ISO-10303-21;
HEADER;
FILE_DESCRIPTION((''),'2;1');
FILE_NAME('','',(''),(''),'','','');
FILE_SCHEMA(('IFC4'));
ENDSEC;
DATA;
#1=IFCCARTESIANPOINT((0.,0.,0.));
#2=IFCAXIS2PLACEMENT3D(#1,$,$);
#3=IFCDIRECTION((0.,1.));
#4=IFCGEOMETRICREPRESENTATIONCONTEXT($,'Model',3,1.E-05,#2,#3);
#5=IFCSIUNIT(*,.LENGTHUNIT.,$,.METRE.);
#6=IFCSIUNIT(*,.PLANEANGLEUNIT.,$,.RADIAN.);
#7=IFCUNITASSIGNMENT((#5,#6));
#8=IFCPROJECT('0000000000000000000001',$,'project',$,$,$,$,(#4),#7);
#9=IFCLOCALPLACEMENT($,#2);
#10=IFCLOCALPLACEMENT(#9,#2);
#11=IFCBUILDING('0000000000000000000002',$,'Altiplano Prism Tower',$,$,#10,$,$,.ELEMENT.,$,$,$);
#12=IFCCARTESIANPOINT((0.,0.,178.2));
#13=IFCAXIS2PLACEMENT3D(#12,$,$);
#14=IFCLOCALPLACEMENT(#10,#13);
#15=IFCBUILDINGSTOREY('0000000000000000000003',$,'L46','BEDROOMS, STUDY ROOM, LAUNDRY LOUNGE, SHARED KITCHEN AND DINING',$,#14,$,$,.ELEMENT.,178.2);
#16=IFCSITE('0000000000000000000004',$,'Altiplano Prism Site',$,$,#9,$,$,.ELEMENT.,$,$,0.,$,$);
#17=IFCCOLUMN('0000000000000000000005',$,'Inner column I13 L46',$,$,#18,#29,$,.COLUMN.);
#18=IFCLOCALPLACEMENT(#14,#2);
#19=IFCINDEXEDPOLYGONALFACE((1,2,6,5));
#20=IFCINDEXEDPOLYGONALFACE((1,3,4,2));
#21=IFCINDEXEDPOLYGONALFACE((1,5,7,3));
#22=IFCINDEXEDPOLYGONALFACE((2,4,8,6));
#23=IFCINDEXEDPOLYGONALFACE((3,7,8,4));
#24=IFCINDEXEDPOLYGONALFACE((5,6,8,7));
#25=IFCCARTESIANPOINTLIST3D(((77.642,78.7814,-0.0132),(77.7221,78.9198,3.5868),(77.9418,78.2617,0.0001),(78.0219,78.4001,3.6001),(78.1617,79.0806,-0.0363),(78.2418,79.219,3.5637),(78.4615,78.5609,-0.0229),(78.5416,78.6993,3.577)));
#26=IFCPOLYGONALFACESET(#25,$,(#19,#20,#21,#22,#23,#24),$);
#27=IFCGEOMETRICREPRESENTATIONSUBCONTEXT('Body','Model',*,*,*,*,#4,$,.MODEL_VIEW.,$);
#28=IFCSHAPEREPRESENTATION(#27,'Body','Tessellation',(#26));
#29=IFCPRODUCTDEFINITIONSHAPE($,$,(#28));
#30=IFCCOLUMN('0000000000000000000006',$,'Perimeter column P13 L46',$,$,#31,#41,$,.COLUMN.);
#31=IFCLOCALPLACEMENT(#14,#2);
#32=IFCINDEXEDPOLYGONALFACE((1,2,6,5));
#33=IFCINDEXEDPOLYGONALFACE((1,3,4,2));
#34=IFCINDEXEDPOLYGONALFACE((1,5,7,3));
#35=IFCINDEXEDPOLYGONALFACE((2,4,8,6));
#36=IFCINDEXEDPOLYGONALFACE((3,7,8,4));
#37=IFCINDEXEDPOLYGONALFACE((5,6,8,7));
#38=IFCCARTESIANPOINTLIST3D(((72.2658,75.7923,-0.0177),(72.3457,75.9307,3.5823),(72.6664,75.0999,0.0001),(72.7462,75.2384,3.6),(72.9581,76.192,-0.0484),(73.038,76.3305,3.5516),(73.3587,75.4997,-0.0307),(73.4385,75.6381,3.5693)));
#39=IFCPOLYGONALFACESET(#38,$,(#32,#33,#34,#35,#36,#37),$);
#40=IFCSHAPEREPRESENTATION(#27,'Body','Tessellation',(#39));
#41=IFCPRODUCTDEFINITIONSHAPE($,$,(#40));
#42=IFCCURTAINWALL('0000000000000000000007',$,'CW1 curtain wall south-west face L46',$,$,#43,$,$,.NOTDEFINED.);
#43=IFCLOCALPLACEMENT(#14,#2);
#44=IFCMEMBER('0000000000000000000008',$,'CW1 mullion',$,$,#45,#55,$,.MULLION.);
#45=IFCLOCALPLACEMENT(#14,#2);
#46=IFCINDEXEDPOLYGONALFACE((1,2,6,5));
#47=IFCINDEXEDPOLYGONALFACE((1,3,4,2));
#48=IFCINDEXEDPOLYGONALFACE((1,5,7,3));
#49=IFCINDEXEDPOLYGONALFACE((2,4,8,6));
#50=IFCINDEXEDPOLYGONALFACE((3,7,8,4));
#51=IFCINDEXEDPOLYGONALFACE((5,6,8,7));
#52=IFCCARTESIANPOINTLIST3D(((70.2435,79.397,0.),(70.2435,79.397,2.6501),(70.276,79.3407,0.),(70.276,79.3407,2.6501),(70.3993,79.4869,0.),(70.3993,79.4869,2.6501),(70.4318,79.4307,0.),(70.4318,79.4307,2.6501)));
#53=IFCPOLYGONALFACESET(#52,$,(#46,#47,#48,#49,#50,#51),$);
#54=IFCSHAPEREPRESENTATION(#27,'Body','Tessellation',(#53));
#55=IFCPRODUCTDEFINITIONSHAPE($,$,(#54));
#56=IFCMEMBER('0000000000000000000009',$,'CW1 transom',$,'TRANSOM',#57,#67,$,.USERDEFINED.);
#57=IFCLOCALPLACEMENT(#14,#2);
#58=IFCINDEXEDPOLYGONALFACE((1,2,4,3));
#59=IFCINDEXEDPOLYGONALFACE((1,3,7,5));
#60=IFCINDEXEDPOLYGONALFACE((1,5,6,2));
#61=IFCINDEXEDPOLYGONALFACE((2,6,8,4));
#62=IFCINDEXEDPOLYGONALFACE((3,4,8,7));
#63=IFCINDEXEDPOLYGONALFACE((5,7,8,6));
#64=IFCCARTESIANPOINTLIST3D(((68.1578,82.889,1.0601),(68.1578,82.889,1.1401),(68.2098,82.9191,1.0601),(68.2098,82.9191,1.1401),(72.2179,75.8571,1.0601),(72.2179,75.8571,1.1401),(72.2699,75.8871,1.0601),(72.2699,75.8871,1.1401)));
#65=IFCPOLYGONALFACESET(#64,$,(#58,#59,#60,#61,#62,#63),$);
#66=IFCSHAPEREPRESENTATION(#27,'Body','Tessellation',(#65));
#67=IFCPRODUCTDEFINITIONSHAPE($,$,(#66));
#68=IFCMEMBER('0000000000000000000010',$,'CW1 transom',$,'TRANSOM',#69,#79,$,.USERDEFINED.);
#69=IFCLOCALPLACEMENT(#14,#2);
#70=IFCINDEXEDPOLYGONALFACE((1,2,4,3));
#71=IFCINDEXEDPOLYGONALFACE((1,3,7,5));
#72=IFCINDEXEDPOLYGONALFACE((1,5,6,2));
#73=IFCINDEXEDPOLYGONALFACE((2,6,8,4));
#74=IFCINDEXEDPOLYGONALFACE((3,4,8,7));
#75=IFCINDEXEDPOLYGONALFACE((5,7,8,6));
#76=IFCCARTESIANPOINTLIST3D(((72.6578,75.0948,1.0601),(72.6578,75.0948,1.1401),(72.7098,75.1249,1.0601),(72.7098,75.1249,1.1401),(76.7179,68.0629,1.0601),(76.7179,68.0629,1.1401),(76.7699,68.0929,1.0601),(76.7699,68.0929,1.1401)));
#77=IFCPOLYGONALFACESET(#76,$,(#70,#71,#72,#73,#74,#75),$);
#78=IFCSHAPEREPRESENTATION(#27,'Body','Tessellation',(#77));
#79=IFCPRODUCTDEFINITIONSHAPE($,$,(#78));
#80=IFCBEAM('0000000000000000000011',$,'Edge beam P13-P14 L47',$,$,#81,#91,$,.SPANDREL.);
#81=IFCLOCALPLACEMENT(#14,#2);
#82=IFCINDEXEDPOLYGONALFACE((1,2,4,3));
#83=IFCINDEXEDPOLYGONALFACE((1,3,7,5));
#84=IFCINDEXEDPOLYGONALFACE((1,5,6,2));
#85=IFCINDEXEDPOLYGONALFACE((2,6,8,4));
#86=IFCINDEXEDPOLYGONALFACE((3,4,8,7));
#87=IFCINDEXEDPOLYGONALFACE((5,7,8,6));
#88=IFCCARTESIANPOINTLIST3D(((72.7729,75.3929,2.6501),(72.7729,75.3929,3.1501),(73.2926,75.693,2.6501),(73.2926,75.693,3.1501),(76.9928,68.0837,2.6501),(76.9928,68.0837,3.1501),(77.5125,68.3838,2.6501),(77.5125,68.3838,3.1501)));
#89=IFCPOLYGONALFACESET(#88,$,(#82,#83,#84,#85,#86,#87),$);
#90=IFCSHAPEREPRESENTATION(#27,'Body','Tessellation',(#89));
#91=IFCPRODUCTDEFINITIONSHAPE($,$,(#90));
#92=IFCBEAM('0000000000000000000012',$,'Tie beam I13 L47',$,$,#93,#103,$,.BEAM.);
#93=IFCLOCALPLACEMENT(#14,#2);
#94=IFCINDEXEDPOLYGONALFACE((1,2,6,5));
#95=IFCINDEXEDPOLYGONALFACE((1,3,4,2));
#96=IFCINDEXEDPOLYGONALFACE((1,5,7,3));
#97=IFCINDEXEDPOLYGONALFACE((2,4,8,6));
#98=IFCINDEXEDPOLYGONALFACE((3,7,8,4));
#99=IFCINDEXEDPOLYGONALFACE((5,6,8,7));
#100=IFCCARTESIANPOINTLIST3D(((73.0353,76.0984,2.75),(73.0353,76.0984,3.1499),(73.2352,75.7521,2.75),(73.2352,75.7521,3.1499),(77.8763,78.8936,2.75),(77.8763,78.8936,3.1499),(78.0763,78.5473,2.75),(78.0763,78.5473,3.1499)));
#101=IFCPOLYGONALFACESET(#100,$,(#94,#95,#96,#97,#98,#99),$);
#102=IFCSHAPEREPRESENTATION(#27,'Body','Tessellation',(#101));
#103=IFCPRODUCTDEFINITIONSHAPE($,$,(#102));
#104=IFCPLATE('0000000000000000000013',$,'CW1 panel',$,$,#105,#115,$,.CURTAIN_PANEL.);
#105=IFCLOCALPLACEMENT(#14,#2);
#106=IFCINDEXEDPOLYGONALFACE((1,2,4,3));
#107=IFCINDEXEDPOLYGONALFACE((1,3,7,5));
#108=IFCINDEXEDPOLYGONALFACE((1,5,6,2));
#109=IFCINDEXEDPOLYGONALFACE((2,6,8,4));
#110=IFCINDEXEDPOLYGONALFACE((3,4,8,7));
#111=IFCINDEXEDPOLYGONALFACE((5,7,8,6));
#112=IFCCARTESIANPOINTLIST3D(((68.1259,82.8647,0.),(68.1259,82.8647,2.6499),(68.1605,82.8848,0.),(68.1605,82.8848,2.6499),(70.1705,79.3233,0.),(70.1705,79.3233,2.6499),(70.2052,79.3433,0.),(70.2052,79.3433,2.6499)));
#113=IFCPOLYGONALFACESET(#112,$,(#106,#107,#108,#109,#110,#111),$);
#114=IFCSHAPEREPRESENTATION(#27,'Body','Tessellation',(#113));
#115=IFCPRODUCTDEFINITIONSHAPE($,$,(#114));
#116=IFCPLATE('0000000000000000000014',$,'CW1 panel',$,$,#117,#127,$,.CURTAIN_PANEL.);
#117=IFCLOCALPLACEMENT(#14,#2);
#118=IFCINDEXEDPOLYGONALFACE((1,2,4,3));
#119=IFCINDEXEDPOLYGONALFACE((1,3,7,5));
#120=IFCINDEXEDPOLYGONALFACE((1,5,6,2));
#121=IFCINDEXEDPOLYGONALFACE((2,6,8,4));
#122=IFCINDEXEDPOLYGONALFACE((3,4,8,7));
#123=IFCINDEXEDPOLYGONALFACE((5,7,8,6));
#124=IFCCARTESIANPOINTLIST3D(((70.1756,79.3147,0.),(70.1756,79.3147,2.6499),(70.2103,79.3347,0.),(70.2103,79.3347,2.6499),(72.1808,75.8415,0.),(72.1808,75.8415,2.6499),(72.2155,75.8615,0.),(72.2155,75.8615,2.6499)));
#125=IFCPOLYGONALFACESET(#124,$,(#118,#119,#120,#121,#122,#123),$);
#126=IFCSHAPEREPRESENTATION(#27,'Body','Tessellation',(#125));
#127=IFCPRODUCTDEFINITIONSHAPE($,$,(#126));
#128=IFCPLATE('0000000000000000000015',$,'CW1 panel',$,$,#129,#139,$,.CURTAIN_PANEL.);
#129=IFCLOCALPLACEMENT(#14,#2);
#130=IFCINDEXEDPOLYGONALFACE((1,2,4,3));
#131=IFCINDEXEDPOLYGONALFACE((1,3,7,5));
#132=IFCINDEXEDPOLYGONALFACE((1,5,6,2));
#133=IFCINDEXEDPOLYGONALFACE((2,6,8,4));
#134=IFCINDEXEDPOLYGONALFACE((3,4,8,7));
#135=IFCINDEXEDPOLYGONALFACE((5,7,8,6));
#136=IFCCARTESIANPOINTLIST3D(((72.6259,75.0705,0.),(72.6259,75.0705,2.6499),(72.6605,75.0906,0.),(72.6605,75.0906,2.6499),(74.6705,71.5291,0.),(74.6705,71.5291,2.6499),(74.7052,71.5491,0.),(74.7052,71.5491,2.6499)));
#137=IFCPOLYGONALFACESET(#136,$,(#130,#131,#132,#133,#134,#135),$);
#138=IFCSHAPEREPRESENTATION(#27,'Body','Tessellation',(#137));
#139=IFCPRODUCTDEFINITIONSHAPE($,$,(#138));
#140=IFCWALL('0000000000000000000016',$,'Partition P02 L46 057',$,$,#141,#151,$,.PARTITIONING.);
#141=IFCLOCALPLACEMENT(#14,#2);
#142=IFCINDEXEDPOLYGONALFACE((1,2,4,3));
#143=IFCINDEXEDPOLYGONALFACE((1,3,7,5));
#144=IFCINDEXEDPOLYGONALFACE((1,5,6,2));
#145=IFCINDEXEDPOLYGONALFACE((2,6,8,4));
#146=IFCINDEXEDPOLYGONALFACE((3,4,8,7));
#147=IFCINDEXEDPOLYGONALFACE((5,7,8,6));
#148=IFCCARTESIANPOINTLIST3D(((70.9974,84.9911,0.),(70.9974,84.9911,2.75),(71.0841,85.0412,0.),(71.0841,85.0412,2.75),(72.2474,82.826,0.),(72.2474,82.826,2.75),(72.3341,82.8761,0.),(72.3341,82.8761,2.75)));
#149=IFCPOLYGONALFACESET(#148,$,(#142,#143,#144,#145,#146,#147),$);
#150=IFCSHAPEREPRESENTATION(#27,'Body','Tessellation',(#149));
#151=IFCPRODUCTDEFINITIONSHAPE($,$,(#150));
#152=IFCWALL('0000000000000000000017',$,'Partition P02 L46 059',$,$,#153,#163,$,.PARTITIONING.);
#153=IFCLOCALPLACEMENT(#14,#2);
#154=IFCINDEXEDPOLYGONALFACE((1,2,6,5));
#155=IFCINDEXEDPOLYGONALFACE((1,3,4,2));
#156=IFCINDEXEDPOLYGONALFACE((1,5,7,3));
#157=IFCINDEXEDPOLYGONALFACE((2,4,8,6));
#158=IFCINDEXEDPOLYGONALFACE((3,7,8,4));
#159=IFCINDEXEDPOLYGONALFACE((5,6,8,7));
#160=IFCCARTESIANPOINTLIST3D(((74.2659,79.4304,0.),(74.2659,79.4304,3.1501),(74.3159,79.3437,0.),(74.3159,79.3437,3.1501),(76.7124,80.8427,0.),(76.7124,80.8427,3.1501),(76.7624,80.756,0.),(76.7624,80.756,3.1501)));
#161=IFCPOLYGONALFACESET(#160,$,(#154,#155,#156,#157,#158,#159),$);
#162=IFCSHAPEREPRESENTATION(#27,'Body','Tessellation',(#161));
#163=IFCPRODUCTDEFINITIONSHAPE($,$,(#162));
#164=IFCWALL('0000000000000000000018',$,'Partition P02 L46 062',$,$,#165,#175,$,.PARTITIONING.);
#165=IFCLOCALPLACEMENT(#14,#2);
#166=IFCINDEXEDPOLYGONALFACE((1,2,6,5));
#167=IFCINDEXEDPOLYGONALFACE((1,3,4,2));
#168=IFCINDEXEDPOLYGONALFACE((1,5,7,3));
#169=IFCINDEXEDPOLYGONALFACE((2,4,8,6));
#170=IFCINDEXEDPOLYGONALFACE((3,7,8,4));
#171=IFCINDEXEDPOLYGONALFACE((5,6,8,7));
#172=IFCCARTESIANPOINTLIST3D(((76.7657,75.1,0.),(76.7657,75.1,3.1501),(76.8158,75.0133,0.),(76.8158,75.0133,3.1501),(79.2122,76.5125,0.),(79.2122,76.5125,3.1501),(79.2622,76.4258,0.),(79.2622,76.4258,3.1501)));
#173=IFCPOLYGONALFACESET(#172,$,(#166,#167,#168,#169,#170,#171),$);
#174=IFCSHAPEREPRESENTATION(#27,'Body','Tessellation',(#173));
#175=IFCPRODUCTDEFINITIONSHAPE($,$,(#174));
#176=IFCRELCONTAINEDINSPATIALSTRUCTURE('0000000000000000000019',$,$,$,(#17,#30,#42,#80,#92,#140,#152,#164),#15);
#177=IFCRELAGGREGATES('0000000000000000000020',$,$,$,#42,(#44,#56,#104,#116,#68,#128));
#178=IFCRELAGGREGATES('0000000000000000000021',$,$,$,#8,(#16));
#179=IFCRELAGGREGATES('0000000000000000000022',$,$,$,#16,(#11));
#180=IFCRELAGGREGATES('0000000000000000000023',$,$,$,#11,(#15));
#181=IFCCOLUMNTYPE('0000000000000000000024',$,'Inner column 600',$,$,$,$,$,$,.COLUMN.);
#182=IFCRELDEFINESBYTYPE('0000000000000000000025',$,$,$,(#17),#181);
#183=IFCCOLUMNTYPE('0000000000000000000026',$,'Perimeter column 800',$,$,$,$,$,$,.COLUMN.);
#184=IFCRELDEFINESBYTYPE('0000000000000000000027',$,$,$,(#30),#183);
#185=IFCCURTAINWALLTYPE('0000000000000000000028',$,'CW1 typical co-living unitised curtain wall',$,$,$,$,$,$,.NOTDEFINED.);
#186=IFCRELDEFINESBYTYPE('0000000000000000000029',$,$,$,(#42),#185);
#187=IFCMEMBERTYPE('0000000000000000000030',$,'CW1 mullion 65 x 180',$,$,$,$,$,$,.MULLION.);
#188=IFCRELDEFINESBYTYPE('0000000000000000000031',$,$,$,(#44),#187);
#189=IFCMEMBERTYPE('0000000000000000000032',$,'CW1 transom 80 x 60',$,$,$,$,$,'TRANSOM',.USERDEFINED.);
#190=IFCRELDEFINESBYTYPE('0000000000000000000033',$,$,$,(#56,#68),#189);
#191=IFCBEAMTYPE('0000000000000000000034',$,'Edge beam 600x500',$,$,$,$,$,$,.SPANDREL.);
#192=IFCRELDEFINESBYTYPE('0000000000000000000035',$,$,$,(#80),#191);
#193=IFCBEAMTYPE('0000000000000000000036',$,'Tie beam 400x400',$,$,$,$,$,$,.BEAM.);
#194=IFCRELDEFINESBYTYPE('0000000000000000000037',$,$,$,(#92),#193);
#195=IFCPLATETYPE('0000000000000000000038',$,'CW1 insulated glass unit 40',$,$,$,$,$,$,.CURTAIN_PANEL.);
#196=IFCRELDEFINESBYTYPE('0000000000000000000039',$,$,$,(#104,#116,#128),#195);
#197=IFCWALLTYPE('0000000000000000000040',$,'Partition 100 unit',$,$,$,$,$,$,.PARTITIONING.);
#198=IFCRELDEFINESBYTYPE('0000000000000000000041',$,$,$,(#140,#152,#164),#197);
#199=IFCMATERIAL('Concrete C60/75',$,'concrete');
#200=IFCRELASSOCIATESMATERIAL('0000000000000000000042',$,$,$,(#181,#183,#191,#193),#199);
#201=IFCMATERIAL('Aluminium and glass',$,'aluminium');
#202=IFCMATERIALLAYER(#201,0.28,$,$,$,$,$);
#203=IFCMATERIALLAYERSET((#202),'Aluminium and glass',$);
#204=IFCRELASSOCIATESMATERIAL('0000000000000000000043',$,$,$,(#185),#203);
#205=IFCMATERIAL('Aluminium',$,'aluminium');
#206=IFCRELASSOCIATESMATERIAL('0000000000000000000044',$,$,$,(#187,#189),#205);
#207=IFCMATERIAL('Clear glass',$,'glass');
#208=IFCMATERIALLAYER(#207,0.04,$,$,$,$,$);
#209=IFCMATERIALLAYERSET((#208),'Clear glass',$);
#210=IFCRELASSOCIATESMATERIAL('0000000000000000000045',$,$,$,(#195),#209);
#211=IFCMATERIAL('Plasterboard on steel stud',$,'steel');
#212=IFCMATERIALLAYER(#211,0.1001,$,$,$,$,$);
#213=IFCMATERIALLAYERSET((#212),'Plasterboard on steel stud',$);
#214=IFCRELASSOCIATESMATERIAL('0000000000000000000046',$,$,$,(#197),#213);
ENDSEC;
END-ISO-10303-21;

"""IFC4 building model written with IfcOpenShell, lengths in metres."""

from ifc_helpers import new_model, si_unit, direction, frame, frame_2d, origin, origin_2d, place, context, subcontext, project, spatial, rectangle, extrude, material, layer, layer_set, material_profile, profile_set, type_object, element, aggregate, save


model = new_model("IFC4")

# Units and contexts
model_context = context("Model", 3, precision=1e-05, world=origin(), true_north=direction((0.0, 1.0)))
body_context = subcontext(model_context, "Body", "Model", "MODEL_VIEW")
ifc_project = project(units=[si_unit("LENGTHUNIT", "METRE"), si_unit("PLANEANGLEUNIT", "RADIAN")], contexts=[model_context])

# Site, building, storey
site_placement = place(None, origin())
site = spatial("IfcSite", under=ifc_project, at=site_placement, Name="Altiplano Prism Site", CompositionType="ELEMENT", RefElevation=0.0)
building_placement = place(site_placement, origin())
building = spatial("IfcBuilding", under=site, at=building_placement, Name="Altiplano Prism Tower", CompositionType="ELEMENT")
storey_placement = place(building_placement, frame((0.0, 0.0, 178.2)))
storey = spatial("IfcBuildingStorey", under=building, at=storey_placement, Name="L46", Description="BEDROOMS, STUDY ROOM, LAUNDRY LOUNGE, SHARED KITCHEN AND DINING", CompositionType="ELEMENT", Elevation=178.2)

# Columns
ifc_material_1 = material(Name="Concrete C60/75", Category="concrete")
ifc_material_profile_1 = material_profile(ifc_material_1, rectangle(XDim=0.6001, YDim=0.6001, at=origin_2d()), Name="Inner column 600")
ifc_profile_set_1 = profile_set([ifc_material_profile_1], Name="Concrete C60/75")
column_type_1 = type_object("IfcColumnType", Name="Inner column 600", PredefinedType="COLUMN", material=ifc_profile_set_1)
column_1_placement = place(storey_placement, frame((78.0518, 78.6711, -0.0181), z_axis=(0.022223, 0.038416, 0.999015), x_axis=(-0.866023, -0.498525, 0.038435)))
element("IfcColumn", 1, at=column_1_placement, inside=storey, type_object=column_type_1, Name="Inner column I13 L46", PredefinedType="COLUMN", context=body_context, shape_type="SweptSolid", body=[
    extrude(rectangle(XDim=0.6001, YDim=0.6001, at=origin_2d()), origin(), (0.0, 0.0, 1.0), 3.6035),
])
ifc_material_profile_2 = material_profile(ifc_material_1, rectangle(XDim=0.8, YDim=0.8, at=origin_2d()), Name="Perimeter column 800")
ifc_profile_set_2 = profile_set([ifc_material_profile_2], Name="Concrete C60/75")
column_type_2 = type_object("IfcColumnType", Name="Perimeter column 800", PredefinedType="COLUMN", material=ifc_profile_set_2)
column_2_placement = place(storey_placement, frame((72.8123, 75.646, -0.0242), z_axis=(0.022155, 0.038416, 0.999016), x_axis=(-0.865363, -0.499671, 0.038405)))
element("IfcColumn", 2, at=column_2_placement, inside=storey, type_object=column_type_2, Name="Perimeter column P13 L46", PredefinedType="COLUMN", context=body_context, shape_type="SweptSolid", body=[
    extrude(rectangle(XDim=0.8, YDim=0.8, at=origin_2d()), origin(), (0.0, 0.0, 1.0), 3.6035),
])

# Curtain wall, members
ifc_material_2 = material(Name="Aluminium and glass", Category="aluminium")
ifc_layer_1 = layer(ifc_material_2, 0.28)
ifc_layer_set_1 = layer_set([ifc_layer_1], Name="Aluminium and glass")
curtain_wall_type = type_object("IfcCurtainWallType", Name="CW1 typical co-living unitised curtain wall", PredefinedType="NOTDEFINED", material=ifc_layer_set_1)
curtain_wall_placement = place(storey_placement, origin())
curtain_wall = element("IfcCurtainWall", 3, at=curtain_wall_placement, inside=storey, type_object=curtain_wall_type, Name="CW1 curtain wall south-west face L46", PredefinedType="NOTDEFINED")
ifc_material_3 = material(Name="Aluminium", Category="aluminium")
ifc_material_profile_3 = material_profile(ifc_material_3, rectangle(XDim=0.1799, YDim=0.0649, at=origin_2d()), Name="CW1 mullion 65 x 180")
ifc_profile_set_3 = profile_set([ifc_material_profile_3], Name="Aluminium")
member_type_1 = type_object("IfcMemberType", Name="CW1 mullion 65 x 180", PredefinedType="MULLION", material=ifc_profile_set_3)
member_1_placement = place(storey_placement, frame((70.3376, 79.4138, 0.0), z_axis=(0.0, 0.0, 1.0), x_axis=(0.866025, 0.5, 0.0)))
member_1 = element("IfcMember", 4, at=member_1_placement, type_object=member_type_1, Name="CW1 mullion", PredefinedType="MULLION", context=body_context, shape_type="SweptSolid", body=[
    extrude(rectangle(XDim=0.1799, YDim=0.0649, at=origin_2d()), origin(), (0.0, 0.0, 1.0), 2.6501),
])
ifc_material_profile_4 = material_profile(ifc_material_3, rectangle(XDim=0.0601, YDim=0.0801, at=origin_2d()), Name="CW1 transom 80 x 60")
ifc_profile_set_4 = profile_set([ifc_material_profile_4], Name="Aluminium")
member_type_2 = type_object("IfcMemberType", Name="CW1 transom 80 x 60", ElementType="TRANSOM", PredefinedType="USERDEFINED", material=ifc_profile_set_4)
member_2_placement = place(storey_placement, frame((68.1838, 82.9041, 1.1001), z_axis=(0.500013, -0.866018, 0.0), x_axis=(0.866018, 0.500013, 0.0)))
member_2 = element("IfcMember", 5, at=member_2_placement, type_object=member_type_2, Name="CW1 transom", ObjectType="TRANSOM", PredefinedType="USERDEFINED", context=body_context, shape_type="SweptSolid", body=[
    extrude(rectangle(XDim=0.0601, YDim=0.0801, at=origin_2d()), origin(), (0.0, 0.0, 1.0), 8.1199),
])
member_3_placement = place(storey_placement, frame((72.6838, 75.1099, 1.1001), z_axis=(0.500013, -0.866018, 0.0), x_axis=(0.866018, 0.500013, 0.0)))
member_3 = element("IfcMember", 6, at=member_3_placement, type_object=member_type_2, Name="CW1 transom", ObjectType="TRANSOM", PredefinedType="USERDEFINED", context=body_context, shape_type="SweptSolid", body=[
    extrude(rectangle(XDim=0.0601, YDim=0.0801, at=origin_2d()), origin(), (0.0, 0.0, 1.0), 8.1199),
])

# Beams
ifc_material_profile_5 = material_profile(ifc_material_1, rectangle(XDim=0.6001, YDim=0.5, at=origin_2d()), Name="Edge beam 600x500")
ifc_profile_set_5 = profile_set([ifc_material_profile_5], Name="Concrete C60/75")
beam_type_1 = type_object("IfcBeamType", Name="Edge beam 600x500", PredefinedType="SPANDREL", material=ifc_profile_set_5)
beam_1_placement = place(storey_placement, frame((73.0327, 75.543, 2.9001), z_axis=(0.499994, -0.866029, 0.0), x_axis=(0.866029, 0.499994, 0.0)))
element("IfcBeam", 7, at=beam_1_placement, inside=storey, type_object=beam_type_1, Name="Edge beam P13-P14 L47", PredefinedType="SPANDREL", context=body_context, shape_type="SweptSolid", body=[
    extrude(rectangle(XDim=0.6001, YDim=0.5, at=origin_2d()), origin(), (0.0, 0.0, 1.0), 8.4399),
])
ifc_material_profile_6 = material_profile(ifc_material_1, rectangle(XDim=0.3999, YDim=0.3999, at=origin_2d()), Name="Tie beam 400x400")
ifc_profile_set_6 = profile_set([ifc_material_profile_6], Name="Concrete C60/75")
beam_type_2 = type_object("IfcBeamType", Name="Tie beam 400x400", PredefinedType="BEAM", material=ifc_profile_set_6)
beam_2_placement = place(storey_placement, frame((77.9763, 78.7205, 2.95), z_axis=(-0.866012, -0.500024, 0.0), x_axis=(0.500024, -0.866012, 0.0)))
element("IfcBeam", 8, at=beam_2_placement, inside=storey, type_object=beam_type_2, Name="Tie beam I13 L47", PredefinedType="BEAM", context=body_context, shape_type="SweptSolid", body=[
    extrude(rectangle(XDim=0.3999, YDim=0.3999, at=origin_2d()), origin(), (0.0, 0.0, 1.0), 5.5901),
])

# Plates
ifc_material_4 = material(Name="Clear glass", Category="glass")
ifc_layer_2 = layer(ifc_material_4, 0.04)
ifc_layer_set_2 = layer_set([ifc_layer_2], Name="Clear glass")
plate_type = type_object("IfcPlateType", Name="CW1 insulated glass unit 40", PredefinedType="CURTAIN_PANEL", material=ifc_layer_set_2)
plate_1_placement = place(storey_placement, frame((69.1655, 81.104, 0.0), z_axis=(0.0, 0.0, 1.0), x_axis=(0.5, -0.866025, 0.0)))
plate_1 = element("IfcPlate", 9, at=plate_1_placement, type_object=plate_type, Name="CW1 panel", PredefinedType="CURTAIN_PANEL", context=body_context, shape_type="SweptSolid", body=[
    extrude(rectangle(XDim=4.0894, YDim=0.04, at=origin_2d()), origin(), (0.0, 0.0, 1.0), 2.6499),
])
plate_2_placement = place(storey_placement, frame((71.1956, 77.5881, 0.0), z_axis=(0.0, 0.0, 1.0), x_axis=(0.5, -0.866025, 0.0)))
plate_2 = element("IfcPlate", 10, at=plate_2_placement, type_object=plate_type, Name="CW1 panel", PredefinedType="CURTAIN_PANEL", context=body_context, shape_type="SweptSolid", body=[
    extrude(rectangle(XDim=4.0105, YDim=0.04, at=origin_2d()), origin(), (0.0, 0.0, 1.0), 2.6499),
])
plate_3_placement = place(storey_placement, frame((73.6655, 73.3098, 0.0), z_axis=(0.0, 0.0, 1.0), x_axis=(0.5, -0.866025, 0.0)))
plate_3 = element("IfcPlate", 11, at=plate_3_placement, type_object=plate_type, Name="CW1 panel", PredefinedType="CURTAIN_PANEL", context=body_context, shape_type="SweptSolid", body=[
    extrude(rectangle(XDim=4.0894, YDim=0.04, at=origin_2d()), origin(), (0.0, 0.0, 1.0), 2.6499),
])
aggregate(curtain_wall, [member_1, member_2, plate_1, plate_2, member_3, plate_3])

# Walls
ifc_material_5 = material(Name="Plasterboard on steel stud", Category="steel")
ifc_layer_3 = layer(ifc_material_5, 0.1001)
ifc_layer_set_3 = layer_set([ifc_layer_3], Name="Plasterboard on steel stud")
wall_type_1 = type_object("IfcWallType", Name="Partition 100 unit", PredefinedType="PARTITIONING", material=ifc_layer_set_3)
wall_1_placement = place(storey_placement, frame((72.2908, 82.8511, 0.0), z_axis=(0.0, 0.0, 1.0), x_axis=(-0.500004, 0.866023, 0.0)))
element("IfcWall", 12, at=wall_1_placement, inside=storey, type_object=wall_type_1, Name="Partition P02 L46 057", PredefinedType="PARTITIONING", context=body_context, shape_type="SweptSolid", body=[
    extrude(rectangle(XDim=2.5, YDim=0.1001, at=frame_2d((1.25, 0.0))), origin(), (0.0, 0.0, 1.0), 2.75),
])
for number, where, z_axis, x_axis, name in (
    (13, (74.2908, 79.387, 0.0), (0.0, 0.0, 1.0), (0.866049, 0.499959, 0.0), "Partition P02 L46 059"),
    (14, (79.2373, 76.4692, 0.0), (0.0, 0.0, 1.0), (-0.866011, -0.500024, 0.0), "Partition P02 L46 062"),
):
    element("IfcWall", number, at=place(storey_placement, frame(where, z_axis=z_axis, x_axis=x_axis)), inside=storey, type_object=wall_type_1, Name=name, PredefinedType="PARTITIONING", context=body_context, shape_type="SweptSolid", body=[
        extrude(rectangle(XDim=2.825, YDim=0.1001, at=frame_2d((1.4126, 0.0))), origin(), (0.0, 0.0, 1.0), 3.1501),
    ])

save(model, "model.ifc")
